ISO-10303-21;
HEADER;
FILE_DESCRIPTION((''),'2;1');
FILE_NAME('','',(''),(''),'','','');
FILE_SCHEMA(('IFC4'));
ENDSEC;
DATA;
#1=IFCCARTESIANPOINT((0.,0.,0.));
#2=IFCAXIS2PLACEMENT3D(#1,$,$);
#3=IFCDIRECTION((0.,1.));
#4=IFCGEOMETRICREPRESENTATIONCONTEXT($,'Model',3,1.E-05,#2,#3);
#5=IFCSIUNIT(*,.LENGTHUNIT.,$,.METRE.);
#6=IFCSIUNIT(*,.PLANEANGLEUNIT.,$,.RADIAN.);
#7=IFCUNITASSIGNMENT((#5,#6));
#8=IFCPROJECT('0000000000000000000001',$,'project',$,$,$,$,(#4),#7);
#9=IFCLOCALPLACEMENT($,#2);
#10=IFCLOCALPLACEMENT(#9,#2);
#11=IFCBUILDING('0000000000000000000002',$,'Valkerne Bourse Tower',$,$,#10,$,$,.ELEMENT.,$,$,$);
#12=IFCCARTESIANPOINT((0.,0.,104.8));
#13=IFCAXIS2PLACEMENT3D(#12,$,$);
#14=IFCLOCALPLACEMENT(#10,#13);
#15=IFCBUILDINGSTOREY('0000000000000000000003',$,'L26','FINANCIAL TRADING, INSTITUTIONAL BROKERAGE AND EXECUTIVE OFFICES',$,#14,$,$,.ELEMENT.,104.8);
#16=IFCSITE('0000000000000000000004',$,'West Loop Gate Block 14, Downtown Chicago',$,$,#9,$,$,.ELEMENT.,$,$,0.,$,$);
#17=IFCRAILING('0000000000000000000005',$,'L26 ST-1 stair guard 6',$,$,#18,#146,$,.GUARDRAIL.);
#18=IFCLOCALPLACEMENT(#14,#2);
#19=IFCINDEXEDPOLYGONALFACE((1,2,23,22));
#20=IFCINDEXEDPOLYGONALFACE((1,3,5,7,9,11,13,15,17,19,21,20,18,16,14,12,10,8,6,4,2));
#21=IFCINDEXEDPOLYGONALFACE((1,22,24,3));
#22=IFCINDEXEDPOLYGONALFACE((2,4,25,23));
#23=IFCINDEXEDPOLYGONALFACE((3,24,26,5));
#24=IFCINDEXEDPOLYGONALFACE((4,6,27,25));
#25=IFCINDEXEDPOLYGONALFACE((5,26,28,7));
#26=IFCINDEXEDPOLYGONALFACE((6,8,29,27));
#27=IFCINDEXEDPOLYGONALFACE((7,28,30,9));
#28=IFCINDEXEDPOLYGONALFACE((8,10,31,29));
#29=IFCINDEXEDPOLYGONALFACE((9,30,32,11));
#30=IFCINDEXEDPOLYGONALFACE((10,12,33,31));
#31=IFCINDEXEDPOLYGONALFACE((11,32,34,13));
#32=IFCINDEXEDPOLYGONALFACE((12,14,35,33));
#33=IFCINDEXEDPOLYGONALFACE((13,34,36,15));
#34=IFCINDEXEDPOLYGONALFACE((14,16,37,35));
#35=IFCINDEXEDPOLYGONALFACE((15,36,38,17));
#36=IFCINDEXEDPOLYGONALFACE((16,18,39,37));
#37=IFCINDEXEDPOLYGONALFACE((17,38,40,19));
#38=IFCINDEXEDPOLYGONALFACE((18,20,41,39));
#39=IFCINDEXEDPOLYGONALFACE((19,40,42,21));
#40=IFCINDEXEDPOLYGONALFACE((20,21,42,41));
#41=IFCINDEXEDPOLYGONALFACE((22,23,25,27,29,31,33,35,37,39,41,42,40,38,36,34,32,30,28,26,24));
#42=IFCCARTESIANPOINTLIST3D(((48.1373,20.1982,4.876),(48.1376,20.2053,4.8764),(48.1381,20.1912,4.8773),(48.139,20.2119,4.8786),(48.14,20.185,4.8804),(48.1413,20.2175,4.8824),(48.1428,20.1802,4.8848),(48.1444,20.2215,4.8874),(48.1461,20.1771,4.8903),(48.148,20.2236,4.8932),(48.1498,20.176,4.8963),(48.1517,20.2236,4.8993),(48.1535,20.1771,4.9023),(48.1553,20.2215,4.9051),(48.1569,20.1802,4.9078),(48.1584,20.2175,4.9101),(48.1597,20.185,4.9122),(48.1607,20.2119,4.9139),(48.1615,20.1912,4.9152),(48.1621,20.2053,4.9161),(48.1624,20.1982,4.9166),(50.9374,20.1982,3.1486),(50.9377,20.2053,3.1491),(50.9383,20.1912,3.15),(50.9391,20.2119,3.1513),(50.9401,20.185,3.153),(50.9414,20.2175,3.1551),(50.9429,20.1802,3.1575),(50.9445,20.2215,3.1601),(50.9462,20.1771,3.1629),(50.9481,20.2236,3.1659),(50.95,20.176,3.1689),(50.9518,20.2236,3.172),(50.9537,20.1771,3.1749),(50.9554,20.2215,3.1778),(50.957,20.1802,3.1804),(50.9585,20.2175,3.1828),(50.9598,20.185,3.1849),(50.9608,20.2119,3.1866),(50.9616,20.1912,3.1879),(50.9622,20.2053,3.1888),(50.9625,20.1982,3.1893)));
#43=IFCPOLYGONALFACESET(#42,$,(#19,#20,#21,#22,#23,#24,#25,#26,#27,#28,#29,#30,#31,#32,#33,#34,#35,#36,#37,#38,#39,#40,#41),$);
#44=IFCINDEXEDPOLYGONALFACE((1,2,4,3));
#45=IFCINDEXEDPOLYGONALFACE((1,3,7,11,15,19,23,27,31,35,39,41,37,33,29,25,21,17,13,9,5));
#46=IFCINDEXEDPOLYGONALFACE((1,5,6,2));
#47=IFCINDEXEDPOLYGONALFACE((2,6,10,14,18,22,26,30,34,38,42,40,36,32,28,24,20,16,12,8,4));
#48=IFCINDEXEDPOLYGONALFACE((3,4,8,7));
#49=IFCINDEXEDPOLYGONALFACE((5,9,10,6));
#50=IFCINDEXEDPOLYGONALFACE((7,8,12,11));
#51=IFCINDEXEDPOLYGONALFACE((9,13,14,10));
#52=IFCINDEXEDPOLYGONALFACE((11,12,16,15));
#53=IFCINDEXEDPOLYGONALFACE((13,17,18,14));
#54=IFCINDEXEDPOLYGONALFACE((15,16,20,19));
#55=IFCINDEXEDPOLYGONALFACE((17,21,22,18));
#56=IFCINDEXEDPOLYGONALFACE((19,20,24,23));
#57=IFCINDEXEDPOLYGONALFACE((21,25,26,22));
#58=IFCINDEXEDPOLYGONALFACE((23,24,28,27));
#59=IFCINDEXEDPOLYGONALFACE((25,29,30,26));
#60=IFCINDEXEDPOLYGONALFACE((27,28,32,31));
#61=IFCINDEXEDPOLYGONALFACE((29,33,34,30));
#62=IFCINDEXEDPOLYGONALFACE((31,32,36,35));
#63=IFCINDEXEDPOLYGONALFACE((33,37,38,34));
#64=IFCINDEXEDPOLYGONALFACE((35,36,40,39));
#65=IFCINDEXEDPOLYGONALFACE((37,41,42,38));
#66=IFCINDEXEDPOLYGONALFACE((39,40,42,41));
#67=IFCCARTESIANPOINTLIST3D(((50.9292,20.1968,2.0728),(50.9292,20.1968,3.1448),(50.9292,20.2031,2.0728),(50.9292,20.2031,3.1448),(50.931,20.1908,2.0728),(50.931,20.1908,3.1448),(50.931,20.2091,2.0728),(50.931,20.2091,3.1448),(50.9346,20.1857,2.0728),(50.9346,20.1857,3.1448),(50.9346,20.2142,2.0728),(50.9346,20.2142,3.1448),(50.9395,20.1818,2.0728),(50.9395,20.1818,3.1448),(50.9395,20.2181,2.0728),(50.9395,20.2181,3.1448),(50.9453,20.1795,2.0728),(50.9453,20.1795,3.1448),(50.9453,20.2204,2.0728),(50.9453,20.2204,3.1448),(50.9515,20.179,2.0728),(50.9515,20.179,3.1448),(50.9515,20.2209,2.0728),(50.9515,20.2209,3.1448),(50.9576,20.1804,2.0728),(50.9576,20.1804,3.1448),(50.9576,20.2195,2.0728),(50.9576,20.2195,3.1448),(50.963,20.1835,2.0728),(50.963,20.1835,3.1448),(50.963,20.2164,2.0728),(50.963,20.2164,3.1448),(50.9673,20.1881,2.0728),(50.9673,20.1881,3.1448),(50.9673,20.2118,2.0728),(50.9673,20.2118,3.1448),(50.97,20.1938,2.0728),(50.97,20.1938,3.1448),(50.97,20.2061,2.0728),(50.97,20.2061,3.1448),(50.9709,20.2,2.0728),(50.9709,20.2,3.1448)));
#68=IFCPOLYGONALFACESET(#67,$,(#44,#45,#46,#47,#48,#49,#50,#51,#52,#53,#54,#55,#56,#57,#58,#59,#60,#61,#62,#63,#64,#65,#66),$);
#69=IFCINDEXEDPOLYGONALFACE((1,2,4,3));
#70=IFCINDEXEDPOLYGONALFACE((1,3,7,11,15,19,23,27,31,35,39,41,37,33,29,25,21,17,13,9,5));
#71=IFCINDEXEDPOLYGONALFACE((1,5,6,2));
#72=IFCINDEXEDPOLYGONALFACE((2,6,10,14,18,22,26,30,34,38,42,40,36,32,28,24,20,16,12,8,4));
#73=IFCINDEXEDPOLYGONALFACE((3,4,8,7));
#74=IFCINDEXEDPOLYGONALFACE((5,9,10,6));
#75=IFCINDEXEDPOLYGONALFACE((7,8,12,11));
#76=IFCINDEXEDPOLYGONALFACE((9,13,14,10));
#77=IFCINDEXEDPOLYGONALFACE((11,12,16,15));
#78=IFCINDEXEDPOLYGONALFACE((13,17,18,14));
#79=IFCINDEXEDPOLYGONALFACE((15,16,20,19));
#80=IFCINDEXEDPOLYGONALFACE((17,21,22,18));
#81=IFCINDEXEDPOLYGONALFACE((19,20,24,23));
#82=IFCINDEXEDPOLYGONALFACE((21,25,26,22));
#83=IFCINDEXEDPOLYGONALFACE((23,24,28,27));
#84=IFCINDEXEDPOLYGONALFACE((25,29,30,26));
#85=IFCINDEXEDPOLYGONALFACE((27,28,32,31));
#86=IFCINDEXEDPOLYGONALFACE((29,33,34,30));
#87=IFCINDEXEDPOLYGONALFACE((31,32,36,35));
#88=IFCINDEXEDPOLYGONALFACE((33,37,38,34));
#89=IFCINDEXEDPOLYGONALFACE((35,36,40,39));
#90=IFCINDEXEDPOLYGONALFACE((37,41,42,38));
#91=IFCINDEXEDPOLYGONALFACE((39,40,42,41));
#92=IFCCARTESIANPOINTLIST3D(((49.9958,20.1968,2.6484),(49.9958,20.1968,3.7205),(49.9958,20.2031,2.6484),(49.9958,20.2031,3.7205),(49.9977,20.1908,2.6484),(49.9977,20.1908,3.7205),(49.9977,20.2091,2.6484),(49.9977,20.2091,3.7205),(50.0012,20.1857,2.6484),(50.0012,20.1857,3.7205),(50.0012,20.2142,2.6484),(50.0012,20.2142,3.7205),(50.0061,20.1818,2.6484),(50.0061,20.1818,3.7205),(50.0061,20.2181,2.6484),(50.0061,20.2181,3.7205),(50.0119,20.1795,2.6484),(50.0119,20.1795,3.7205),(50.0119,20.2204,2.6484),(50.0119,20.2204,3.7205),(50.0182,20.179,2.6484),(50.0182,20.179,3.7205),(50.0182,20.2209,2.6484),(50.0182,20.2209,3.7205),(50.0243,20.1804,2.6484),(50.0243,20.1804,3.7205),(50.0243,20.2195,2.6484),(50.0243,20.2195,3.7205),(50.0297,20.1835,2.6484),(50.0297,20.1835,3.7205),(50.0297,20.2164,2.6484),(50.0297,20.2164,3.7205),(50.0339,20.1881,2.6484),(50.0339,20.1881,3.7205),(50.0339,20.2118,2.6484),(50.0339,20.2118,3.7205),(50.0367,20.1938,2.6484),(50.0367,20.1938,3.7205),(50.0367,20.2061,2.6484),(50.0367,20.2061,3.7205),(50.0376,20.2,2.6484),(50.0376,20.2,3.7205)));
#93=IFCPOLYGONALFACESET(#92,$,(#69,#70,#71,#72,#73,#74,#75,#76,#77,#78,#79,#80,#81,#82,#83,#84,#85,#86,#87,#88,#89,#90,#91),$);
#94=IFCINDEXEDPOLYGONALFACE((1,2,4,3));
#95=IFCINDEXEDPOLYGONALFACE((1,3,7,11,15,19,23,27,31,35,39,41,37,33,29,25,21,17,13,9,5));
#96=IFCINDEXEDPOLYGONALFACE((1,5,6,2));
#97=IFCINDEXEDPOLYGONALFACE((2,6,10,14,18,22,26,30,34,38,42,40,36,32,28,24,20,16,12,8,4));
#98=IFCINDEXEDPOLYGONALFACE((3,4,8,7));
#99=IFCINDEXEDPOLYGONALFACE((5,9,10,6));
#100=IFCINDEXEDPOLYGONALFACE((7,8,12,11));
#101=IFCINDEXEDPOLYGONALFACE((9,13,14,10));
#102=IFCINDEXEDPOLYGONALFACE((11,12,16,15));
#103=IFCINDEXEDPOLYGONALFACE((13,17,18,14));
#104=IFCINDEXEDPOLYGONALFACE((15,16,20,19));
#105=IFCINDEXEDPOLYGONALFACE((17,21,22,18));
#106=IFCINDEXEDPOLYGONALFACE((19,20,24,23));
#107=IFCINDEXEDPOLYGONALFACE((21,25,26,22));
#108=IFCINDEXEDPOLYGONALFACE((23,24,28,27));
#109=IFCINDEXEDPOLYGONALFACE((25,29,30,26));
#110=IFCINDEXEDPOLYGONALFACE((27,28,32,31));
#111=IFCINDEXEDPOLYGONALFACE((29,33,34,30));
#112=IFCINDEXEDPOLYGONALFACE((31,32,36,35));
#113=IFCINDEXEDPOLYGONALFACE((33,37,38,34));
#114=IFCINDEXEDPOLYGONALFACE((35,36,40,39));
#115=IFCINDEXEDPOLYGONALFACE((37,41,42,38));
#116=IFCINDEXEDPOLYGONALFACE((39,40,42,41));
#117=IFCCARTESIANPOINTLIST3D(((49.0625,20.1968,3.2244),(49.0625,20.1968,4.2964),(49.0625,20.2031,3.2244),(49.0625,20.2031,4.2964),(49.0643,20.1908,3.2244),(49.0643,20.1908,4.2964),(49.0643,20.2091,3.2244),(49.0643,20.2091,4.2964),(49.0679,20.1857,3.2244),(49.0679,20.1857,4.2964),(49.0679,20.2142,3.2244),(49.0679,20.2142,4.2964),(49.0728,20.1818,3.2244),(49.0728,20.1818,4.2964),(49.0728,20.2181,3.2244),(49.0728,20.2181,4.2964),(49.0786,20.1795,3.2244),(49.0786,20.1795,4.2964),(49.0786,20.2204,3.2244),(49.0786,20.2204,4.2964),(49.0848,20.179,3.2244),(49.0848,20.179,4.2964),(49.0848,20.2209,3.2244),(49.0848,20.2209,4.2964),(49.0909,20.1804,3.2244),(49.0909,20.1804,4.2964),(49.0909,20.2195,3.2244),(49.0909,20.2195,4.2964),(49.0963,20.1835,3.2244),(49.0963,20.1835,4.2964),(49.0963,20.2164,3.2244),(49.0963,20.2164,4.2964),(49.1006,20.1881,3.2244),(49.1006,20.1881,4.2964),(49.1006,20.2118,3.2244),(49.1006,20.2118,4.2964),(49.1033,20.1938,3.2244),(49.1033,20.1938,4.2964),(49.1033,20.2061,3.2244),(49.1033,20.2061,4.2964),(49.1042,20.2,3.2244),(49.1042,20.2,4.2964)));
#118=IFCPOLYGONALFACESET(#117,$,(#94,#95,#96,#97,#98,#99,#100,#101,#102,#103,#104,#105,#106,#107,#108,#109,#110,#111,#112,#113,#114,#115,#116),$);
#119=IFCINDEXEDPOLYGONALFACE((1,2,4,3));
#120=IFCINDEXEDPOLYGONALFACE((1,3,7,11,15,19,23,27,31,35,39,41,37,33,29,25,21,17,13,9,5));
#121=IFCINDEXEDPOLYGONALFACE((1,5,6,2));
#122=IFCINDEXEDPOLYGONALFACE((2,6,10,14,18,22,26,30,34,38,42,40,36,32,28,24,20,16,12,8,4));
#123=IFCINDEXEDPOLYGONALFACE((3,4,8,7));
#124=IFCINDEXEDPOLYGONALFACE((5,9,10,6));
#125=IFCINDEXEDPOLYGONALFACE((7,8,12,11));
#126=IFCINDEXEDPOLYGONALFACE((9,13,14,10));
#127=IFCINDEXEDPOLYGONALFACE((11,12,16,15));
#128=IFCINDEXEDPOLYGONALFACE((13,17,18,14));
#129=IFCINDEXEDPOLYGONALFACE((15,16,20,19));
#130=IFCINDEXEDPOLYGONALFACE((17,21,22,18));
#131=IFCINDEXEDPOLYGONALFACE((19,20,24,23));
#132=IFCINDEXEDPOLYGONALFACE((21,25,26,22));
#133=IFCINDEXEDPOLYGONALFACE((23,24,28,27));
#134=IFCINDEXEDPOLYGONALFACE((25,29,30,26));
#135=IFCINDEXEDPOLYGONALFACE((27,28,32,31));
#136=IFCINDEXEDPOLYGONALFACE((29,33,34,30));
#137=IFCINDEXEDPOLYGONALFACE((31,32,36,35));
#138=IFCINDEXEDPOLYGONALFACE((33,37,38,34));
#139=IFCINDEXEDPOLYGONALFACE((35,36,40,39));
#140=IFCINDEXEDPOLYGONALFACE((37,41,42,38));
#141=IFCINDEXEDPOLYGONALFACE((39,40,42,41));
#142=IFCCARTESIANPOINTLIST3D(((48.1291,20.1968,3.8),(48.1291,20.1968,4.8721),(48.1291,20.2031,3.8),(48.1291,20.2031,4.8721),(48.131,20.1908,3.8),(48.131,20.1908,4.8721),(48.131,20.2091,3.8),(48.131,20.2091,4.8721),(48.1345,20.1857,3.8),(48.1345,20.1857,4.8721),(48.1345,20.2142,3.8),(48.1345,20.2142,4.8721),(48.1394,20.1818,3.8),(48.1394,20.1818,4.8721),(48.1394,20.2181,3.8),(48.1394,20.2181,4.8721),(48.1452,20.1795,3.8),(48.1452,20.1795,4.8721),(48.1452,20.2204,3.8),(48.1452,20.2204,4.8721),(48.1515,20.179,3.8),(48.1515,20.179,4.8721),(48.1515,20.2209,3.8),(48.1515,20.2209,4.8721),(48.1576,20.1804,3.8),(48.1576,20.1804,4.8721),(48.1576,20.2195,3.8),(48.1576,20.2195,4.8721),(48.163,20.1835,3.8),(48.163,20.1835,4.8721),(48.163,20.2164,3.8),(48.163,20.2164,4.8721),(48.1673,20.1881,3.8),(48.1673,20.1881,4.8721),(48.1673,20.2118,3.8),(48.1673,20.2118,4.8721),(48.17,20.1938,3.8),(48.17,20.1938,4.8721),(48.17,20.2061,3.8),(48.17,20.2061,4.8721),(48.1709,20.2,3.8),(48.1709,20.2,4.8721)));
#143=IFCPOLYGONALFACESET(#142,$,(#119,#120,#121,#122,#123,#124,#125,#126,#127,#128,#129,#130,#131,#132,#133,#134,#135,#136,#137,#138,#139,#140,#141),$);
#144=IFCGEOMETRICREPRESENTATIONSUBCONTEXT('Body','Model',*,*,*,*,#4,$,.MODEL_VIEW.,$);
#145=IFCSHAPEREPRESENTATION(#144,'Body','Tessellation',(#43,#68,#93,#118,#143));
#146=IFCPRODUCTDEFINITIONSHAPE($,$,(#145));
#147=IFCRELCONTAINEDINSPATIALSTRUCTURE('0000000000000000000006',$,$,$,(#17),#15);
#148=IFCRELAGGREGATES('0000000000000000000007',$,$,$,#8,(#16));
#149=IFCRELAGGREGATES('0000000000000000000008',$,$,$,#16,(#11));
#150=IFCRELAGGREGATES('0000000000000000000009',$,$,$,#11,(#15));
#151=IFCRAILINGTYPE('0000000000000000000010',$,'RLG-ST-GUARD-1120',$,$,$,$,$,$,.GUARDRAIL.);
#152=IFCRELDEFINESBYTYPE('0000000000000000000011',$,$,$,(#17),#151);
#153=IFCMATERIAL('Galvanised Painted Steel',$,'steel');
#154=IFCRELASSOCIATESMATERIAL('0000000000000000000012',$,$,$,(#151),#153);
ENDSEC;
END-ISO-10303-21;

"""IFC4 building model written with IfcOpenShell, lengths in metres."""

from ifc_helpers import new_model, si_unit, direction, frame, origin, origin_2d, place, context, subcontext, project, spatial, circle, extrude, material, type_object, element, save


model = new_model("IFC4")

# Units and contexts
model_context = context("Model", 3, precision=1e-05, world=origin(), true_north=direction((0.0, 1.0)))
body_context = subcontext(model_context, "Body", "Model", "MODEL_VIEW")
ifc_project = project(units=[si_unit("LENGTHUNIT", "METRE"), si_unit("PLANEANGLEUNIT", "RADIAN")], contexts=[model_context])

# Site, building, storey
site_placement = place(None, origin())
site = spatial("IfcSite", under=ifc_project, at=site_placement, Name="West Loop Gate Block 14, Downtown Chicago", CompositionType="ELEMENT", RefElevation=0.0)
building_placement = place(site_placement, origin())
building = spatial("IfcBuilding", under=site, at=building_placement, Name="Valkerne Bourse Tower", CompositionType="ELEMENT")
storey_placement = place(building_placement, frame((0.0, 0.0, 104.8)))
storey = spatial("IfcBuildingStorey", under=building, at=storey_placement, Name="L26", Description="FINANCIAL TRADING, INSTITUTIONAL BROKERAGE AND EXECUTIVE OFFICES", CompositionType="ELEMENT", Elevation=104.8)

# Shared definitions
ifc_material_1 = material(Name="Galvanised Painted Steel", Category="steel")

# Railing
railing_type_1 = type_object("IfcRailingType", Name="RLG-ST-GUARD-1120", PredefinedType="GUARDRAIL", material=ifc_material_1)
railing_1_placement = place(storey_placement, frame((50.95, 20.2, 2.0728)))
element("IfcRailing", 1, at=railing_1_placement, inside=storey, type_object=railing_type_1, Name="L26 ST-1 stair guard 6", PredefinedType="GUARDRAIL", context=body_context, shape_type="SweptSolid", body=[
    extrude(circle(Radius=0.0239, at=origin_2d()), frame((0.0, 0.0, 1.0962), z_axis=(-0.85109, 0.0, 0.52502), x_axis=(0.0, -1.0, 0.0)), (0.0, 0.0, 1.0), 3.29),
    extrude(circle(Radius=0.021, at=origin_2d()), origin(), (0.0, 0.0, 1.0), 1.072),
    extrude(circle(Radius=0.021, at=origin_2d()), frame((-0.9333, 0.0, 0.5757)), (0.0, 0.0, 1.0), 1.072),
    extrude(circle(Radius=0.021, at=origin_2d()), frame((-1.8667, 0.0, 1.1516)), (0.0, 0.0, 1.0), 1.072),
    extrude(circle(Radius=0.021, at=origin_2d()), frame((-2.8, 0.0, 1.7273)), (0.0, 0.0, 1.0), 1.072),
])

save(model, "model.ifc")
